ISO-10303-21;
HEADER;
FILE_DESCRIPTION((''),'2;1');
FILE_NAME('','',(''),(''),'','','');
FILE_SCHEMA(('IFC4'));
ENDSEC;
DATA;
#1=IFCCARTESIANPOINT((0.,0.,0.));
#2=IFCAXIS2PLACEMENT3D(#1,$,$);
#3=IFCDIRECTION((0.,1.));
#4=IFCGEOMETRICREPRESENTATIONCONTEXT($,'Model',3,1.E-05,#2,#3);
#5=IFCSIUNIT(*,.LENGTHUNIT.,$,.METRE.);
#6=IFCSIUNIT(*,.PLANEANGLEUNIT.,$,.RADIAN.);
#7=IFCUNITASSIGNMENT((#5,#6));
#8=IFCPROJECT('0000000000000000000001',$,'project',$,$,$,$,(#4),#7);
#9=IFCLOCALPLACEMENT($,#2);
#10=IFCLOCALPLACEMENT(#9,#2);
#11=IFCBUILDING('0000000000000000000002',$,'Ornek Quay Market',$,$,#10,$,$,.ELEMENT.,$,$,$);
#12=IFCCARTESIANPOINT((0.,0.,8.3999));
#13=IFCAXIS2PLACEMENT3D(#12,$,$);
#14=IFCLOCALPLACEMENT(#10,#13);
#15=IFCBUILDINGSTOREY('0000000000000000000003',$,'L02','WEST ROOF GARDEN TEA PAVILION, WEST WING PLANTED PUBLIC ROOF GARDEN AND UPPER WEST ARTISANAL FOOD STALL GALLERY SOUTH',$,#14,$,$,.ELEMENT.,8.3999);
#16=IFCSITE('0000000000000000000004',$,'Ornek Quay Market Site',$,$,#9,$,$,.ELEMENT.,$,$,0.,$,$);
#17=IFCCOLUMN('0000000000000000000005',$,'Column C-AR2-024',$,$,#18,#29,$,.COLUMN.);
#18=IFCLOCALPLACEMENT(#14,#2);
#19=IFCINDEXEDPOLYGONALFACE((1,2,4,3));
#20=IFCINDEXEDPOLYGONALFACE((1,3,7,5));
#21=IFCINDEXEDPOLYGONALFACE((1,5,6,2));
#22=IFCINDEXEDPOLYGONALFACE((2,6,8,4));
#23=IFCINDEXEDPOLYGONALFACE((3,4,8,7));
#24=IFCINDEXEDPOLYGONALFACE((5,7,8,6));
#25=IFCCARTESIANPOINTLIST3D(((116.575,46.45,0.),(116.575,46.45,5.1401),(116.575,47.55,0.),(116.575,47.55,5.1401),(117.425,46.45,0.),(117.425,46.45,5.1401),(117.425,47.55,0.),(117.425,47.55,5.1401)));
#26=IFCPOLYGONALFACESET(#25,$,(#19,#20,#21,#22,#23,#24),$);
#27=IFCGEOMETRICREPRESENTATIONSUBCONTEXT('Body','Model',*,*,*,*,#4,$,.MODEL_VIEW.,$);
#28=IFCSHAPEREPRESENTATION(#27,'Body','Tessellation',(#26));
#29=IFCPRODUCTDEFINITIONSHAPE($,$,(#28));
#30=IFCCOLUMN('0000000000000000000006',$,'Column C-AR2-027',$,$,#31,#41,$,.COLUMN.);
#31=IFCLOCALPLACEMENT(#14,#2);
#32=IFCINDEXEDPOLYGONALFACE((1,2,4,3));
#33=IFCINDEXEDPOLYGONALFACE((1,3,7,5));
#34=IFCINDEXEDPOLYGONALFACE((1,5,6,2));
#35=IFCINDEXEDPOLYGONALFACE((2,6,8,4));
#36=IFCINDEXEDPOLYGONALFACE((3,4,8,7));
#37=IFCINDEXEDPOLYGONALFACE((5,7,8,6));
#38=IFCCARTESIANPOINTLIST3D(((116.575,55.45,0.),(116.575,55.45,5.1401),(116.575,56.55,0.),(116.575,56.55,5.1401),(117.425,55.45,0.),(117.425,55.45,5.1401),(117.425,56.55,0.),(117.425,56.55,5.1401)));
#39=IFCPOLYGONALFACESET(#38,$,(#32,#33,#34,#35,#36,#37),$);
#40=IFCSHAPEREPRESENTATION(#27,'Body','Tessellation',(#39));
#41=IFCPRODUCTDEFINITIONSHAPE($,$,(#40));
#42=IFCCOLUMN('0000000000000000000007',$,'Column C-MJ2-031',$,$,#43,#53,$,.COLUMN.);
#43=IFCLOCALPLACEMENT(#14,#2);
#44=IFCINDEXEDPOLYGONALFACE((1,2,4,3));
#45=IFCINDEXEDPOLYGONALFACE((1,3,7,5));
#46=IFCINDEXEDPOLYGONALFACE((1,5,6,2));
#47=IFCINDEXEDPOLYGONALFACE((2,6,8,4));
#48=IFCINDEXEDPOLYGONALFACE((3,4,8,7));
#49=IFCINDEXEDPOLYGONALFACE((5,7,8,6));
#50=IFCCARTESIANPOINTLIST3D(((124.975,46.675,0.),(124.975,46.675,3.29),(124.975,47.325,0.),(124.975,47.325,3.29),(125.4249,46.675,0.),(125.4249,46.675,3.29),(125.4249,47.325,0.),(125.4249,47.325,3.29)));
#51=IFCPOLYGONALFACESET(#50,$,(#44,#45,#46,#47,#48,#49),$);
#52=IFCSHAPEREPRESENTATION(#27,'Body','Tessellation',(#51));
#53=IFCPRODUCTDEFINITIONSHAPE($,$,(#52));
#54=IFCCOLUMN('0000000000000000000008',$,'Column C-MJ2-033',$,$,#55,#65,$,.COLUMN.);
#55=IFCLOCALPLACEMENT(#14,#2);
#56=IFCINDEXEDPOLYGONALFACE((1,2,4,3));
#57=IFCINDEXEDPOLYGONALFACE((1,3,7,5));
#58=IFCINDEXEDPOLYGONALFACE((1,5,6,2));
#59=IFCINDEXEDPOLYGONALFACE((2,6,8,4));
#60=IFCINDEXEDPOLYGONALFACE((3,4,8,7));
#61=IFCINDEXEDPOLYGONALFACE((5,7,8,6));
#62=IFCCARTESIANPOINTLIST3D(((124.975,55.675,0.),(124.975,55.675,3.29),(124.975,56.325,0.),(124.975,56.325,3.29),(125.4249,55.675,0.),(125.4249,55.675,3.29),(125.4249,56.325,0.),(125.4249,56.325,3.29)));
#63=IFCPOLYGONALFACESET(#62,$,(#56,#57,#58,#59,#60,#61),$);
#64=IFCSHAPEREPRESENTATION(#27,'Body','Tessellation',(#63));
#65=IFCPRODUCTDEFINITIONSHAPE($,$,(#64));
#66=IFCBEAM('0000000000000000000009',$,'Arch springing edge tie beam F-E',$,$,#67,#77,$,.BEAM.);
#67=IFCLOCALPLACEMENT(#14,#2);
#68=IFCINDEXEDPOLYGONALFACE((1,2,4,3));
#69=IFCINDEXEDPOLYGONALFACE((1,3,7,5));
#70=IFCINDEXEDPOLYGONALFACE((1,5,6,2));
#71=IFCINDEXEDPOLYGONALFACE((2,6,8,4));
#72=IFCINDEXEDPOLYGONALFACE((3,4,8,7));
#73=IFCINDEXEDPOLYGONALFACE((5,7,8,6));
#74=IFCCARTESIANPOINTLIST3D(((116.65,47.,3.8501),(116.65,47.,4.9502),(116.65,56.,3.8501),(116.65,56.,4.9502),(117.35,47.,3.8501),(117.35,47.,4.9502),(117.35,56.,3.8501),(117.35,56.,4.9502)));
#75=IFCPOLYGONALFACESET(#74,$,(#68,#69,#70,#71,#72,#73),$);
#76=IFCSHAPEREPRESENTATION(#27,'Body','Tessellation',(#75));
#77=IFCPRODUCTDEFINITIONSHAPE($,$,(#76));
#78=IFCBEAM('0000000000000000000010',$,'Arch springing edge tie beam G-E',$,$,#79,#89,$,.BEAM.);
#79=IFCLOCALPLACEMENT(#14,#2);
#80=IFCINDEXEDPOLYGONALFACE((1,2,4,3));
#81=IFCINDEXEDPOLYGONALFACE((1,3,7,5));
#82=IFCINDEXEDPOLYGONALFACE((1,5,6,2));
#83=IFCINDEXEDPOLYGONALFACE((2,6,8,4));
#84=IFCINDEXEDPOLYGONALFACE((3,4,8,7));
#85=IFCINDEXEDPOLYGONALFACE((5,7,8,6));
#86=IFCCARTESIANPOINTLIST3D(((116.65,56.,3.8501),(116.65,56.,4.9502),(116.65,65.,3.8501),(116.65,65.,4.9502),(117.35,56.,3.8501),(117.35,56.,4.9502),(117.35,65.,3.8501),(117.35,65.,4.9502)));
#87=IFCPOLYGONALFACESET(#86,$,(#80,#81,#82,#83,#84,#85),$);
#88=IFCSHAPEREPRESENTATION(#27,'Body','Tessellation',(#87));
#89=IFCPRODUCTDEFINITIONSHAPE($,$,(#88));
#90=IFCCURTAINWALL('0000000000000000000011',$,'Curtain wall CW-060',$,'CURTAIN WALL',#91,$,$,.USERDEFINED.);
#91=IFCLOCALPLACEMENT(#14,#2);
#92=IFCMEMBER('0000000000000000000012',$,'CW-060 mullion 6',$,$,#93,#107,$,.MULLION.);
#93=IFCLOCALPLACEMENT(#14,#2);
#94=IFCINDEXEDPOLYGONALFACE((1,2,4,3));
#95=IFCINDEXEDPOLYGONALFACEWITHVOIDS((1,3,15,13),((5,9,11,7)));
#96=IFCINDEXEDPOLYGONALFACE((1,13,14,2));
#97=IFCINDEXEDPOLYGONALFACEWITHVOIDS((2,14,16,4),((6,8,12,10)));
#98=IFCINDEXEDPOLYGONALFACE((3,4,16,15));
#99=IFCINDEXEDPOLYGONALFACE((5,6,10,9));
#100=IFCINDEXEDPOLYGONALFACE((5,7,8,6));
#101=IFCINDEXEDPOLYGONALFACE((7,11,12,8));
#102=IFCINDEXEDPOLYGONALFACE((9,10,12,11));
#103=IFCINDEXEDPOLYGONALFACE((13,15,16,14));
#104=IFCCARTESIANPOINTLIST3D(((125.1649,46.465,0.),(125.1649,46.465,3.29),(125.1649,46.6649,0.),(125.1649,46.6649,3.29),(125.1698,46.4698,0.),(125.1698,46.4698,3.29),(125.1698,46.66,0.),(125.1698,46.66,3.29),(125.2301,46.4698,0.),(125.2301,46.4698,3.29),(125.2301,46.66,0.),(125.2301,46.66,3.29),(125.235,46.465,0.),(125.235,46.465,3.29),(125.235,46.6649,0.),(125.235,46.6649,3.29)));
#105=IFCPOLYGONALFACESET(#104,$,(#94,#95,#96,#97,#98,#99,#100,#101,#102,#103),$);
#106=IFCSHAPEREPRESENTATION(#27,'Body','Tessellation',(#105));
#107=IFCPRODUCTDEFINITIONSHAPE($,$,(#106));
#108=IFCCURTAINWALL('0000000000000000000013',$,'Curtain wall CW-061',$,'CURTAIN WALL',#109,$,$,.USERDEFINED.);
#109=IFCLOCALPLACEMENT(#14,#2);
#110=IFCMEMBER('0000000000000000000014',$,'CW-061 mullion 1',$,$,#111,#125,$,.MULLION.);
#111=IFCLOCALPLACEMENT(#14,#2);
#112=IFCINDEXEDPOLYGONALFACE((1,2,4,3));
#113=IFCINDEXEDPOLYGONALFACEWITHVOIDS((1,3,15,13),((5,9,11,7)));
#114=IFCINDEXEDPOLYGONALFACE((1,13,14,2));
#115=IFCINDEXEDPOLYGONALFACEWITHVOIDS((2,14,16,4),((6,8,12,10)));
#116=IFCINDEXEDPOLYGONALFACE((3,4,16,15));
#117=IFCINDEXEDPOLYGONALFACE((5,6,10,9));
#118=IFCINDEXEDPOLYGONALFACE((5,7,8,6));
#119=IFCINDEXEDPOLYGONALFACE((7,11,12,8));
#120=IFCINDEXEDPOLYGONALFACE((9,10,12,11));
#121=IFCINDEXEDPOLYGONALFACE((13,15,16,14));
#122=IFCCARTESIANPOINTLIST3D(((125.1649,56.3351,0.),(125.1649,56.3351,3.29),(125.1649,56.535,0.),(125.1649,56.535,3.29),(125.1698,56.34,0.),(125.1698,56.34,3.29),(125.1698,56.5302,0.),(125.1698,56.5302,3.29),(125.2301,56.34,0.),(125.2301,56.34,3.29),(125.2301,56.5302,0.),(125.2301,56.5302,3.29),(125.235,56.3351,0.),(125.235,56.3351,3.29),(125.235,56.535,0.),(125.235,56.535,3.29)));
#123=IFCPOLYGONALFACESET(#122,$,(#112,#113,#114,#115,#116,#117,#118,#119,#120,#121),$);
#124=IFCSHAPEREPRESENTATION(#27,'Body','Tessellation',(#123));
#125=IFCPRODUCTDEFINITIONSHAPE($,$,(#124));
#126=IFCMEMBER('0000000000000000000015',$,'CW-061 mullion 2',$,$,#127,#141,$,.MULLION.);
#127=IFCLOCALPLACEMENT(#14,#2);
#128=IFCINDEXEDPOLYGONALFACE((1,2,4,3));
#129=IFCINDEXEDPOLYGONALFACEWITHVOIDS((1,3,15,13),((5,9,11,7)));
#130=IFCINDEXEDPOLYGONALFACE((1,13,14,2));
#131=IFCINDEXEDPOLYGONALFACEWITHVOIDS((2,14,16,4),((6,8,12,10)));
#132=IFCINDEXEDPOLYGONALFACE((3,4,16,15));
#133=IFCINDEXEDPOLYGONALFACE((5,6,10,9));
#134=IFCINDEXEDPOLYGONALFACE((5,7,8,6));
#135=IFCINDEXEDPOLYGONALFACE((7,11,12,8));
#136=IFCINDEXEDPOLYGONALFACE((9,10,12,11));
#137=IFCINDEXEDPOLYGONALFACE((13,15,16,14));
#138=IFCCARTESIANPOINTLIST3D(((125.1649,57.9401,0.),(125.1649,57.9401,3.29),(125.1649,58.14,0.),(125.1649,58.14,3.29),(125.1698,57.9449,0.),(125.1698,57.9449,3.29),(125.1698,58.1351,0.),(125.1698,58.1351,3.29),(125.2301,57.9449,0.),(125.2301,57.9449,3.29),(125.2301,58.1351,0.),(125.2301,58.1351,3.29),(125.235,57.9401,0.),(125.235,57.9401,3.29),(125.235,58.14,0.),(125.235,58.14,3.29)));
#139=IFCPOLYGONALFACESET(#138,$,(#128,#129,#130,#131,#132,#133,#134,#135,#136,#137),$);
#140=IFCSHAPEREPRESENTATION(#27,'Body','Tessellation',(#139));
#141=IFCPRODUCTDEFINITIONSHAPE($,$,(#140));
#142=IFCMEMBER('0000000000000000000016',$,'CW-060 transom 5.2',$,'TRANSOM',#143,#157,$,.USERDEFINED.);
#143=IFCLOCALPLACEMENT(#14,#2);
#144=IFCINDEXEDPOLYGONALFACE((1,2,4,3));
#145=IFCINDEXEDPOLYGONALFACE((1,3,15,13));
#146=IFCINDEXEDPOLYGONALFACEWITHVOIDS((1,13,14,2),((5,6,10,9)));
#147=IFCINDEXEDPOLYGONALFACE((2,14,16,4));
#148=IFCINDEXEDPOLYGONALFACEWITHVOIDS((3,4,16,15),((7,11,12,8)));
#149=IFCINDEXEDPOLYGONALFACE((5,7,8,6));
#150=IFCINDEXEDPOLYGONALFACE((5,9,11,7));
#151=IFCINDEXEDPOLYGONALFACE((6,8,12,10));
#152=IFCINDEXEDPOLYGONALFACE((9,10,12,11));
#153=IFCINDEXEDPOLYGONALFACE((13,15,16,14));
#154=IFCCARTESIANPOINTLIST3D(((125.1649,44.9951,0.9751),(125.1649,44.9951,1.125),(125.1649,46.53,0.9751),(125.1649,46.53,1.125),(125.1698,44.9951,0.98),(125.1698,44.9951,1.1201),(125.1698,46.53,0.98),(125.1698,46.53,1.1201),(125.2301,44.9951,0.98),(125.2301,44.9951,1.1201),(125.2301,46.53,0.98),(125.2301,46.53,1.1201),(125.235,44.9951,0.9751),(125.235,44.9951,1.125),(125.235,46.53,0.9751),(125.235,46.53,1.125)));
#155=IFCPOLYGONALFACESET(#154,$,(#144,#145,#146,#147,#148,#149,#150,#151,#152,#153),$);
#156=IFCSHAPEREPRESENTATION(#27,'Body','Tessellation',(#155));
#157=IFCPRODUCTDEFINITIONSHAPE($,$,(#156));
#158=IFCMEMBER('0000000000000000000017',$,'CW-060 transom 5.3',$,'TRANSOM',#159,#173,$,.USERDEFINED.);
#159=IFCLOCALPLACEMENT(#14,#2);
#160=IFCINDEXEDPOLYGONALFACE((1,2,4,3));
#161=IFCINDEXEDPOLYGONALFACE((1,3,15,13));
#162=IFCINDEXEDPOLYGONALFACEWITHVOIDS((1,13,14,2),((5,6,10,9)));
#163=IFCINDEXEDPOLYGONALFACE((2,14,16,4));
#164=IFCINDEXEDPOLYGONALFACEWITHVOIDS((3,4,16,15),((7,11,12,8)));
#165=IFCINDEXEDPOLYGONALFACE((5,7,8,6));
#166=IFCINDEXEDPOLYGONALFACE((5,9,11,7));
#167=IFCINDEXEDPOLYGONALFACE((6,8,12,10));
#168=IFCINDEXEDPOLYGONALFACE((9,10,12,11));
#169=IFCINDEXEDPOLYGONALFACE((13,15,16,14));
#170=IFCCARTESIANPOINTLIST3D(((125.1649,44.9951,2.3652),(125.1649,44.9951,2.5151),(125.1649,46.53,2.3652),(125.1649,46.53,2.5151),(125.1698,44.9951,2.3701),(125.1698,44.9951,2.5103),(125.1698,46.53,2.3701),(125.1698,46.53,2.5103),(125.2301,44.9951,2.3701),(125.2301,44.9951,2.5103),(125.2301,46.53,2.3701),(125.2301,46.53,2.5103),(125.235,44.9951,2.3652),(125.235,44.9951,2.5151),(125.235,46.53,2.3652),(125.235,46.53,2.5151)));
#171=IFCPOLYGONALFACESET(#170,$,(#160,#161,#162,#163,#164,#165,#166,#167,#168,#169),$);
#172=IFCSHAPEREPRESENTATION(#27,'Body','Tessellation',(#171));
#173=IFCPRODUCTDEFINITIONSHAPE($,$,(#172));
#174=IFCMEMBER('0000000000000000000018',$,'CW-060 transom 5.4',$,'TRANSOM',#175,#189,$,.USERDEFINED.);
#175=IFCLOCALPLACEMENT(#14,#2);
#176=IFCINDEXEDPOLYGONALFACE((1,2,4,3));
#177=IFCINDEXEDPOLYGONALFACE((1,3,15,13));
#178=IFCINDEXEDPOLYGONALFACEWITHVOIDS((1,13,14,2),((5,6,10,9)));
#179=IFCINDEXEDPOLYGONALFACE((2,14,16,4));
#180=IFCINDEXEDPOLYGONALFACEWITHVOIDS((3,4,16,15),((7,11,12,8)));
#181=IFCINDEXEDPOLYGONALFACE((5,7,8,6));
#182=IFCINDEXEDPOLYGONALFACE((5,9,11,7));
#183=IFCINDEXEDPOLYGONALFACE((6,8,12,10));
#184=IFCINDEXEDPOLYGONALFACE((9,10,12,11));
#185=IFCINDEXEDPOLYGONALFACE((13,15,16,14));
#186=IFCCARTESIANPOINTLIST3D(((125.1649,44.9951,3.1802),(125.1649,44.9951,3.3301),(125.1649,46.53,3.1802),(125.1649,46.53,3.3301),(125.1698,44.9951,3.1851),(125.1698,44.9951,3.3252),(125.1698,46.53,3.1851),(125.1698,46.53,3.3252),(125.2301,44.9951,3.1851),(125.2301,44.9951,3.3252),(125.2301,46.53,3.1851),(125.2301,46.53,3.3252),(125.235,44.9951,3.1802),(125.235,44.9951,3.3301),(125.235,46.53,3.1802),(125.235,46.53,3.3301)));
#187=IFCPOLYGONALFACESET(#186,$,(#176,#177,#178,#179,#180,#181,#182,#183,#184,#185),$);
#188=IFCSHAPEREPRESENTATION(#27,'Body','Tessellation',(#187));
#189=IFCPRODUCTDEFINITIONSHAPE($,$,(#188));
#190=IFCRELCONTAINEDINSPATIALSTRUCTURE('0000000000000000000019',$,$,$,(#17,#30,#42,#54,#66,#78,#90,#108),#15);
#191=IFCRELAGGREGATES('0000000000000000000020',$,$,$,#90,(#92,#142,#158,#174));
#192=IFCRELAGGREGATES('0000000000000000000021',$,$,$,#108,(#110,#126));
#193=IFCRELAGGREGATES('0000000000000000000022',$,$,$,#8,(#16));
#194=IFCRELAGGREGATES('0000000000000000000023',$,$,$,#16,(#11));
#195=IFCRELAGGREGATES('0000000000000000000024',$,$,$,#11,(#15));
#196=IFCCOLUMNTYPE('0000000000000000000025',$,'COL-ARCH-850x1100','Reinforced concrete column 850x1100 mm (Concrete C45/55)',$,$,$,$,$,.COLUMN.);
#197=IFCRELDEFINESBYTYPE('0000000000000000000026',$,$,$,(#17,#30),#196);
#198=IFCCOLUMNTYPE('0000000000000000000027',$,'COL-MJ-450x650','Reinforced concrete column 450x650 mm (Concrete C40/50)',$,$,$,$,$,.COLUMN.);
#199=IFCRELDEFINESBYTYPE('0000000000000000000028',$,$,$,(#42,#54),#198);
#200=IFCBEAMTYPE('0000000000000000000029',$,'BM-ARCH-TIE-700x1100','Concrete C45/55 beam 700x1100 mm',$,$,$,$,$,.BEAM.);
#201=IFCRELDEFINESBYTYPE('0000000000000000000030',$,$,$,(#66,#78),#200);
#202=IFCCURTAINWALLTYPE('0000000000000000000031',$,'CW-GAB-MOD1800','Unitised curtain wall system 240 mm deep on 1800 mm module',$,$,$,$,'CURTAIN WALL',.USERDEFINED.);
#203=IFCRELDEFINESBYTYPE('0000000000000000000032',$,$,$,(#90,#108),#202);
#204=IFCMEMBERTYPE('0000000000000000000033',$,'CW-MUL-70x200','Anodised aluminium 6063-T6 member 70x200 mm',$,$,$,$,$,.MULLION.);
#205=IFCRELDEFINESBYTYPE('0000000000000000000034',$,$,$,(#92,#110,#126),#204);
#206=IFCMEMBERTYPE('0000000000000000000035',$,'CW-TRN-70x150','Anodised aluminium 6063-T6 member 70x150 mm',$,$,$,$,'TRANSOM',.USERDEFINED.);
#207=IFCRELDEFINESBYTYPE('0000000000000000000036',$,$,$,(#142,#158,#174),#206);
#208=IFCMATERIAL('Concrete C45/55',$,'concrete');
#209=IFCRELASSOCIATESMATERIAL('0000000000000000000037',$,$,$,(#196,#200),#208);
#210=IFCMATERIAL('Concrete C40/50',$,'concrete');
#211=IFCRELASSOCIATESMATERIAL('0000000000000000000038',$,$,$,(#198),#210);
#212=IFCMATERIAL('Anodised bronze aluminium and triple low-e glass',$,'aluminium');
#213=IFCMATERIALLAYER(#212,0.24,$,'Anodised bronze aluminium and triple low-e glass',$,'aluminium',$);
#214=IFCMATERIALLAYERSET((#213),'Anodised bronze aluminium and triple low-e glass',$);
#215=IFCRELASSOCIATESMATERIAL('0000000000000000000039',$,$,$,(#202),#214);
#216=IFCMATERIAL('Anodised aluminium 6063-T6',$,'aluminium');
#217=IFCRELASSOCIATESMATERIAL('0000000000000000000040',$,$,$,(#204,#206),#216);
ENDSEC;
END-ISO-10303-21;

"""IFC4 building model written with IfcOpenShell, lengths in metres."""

from ifc_helpers import new_model, si_unit, direction, frame, origin, origin_2d, place, context, subcontext, project, spatial, rectangle, hollow_rectangle, extrude, material, layer, layer_set, material_profile, profile_set, type_object, element, aggregate, save


model = new_model("IFC4")

# Units and contexts
model_context = context("Model", 3, precision=1e-05, world=origin(), true_north=direction((0.0, 1.0)))
body_context = subcontext(model_context, "Body", "Model", "MODEL_VIEW")
ifc_project = project(units=[si_unit("LENGTHUNIT", "METRE"), si_unit("PLANEANGLEUNIT", "RADIAN")], contexts=[model_context])

# Site, building, storey
site_placement = place(None, origin())
site = spatial("IfcSite", under=ifc_project, at=site_placement, Name="Ornek Quay Market Site", CompositionType="ELEMENT", RefElevation=0.0)
building_placement = place(site_placement, origin())
building = spatial("IfcBuilding", under=site, at=building_placement, Name="Ornek Quay Market", CompositionType="ELEMENT")
storey_placement = place(building_placement, frame((0.0, 0.0, 8.3999)))
storey = spatial("IfcBuildingStorey", under=building, at=storey_placement, Name="L02", Description="WEST ROOF GARDEN TEA PAVILION, WEST WING PLANTED PUBLIC ROOF GARDEN AND UPPER WEST ARTISANAL FOOD STALL GALLERY SOUTH", CompositionType="ELEMENT", Elevation=8.3999)

# Columns
ifc_material_1 = material(Name="Concrete C45/55", Category="concrete")
ifc_material_profile_1 = material_profile(ifc_material_1, rectangle(XDim=0.8501, YDim=1.1001, at=origin_2d()), Name="RC 850x1100", Category="concrete")
ifc_profile_set_1 = profile_set([ifc_material_profile_1], Name="Concrete C45/55")
column_type_1 = type_object("IfcColumnType", Name="COL-ARCH-850x1100", Description="Reinforced concrete column 850x1100 mm (Concrete C45/55)", PredefinedType="COLUMN", material=ifc_profile_set_1)
for number, where, z_axis, x_axis, name in (
    (1, (117.0, 47.0, 0.0), (0.0, 0.0, 1.0), (1.0, 0.0, 0.0), "Column C-AR2-024"),
    (2, (117.0, 56.0, 0.0), (0.0, 0.0, 1.0), (1.0, 0.0, 0.0), "Column C-AR2-027"),
):
    element("IfcColumn", number, at=place(storey_placement, frame(where, z_axis=z_axis, x_axis=x_axis)), inside=storey, type_object=column_type_1, Name=name, PredefinedType="COLUMN", context=body_context, shape_type="SweptSolid", body=[
        extrude(rectangle(XDim=0.8501, YDim=1.1001, at=origin_2d()), origin(), (0.0, 0.0, 1.0), 5.1401),
    ])
ifc_material_2 = material(Name="Concrete C40/50", Category="concrete")
ifc_material_profile_2 = material_profile(ifc_material_2, rectangle(XDim=0.45, YDim=0.6499, at=origin_2d()), Name="RC 450x650", Category="concrete")
ifc_profile_set_2 = profile_set([ifc_material_profile_2], Name="Concrete C40/50")
column_type_2 = type_object("IfcColumnType", Name="COL-MJ-450x650", Description="Reinforced concrete column 450x650 mm (Concrete C40/50)", PredefinedType="COLUMN", material=ifc_profile_set_2)
for number, where, z_axis, x_axis, name in (
    (3, (125.2, 47.0, 0.0), (0.0, 0.0, 1.0), (1.0, 0.0, 0.0), "Column C-MJ2-031"),
    (4, (125.2, 56.0, 0.0), (0.0, 0.0, 1.0), (1.0, 0.0, 0.0), "Column C-MJ2-033"),
):
    element("IfcColumn", number, at=place(storey_placement, frame(where, z_axis=z_axis, x_axis=x_axis)), inside=storey, type_object=column_type_2, Name=name, PredefinedType="COLUMN", context=body_context, shape_type="SweptSolid", body=[
        extrude(rectangle(XDim=0.45, YDim=0.6499, at=origin_2d()), origin(), (0.0, 0.0, 1.0), 3.29),
    ])

# Beams
ifc_material_profile_3 = material_profile(ifc_material_1, rectangle(XDim=0.7, YDim=1.1001, at=origin_2d()), Name="RC 700x1100", Category="concrete")
ifc_profile_set_3 = profile_set([ifc_material_profile_3], Name="Concrete C45/55")
beam_type = type_object("IfcBeamType", Name="BM-ARCH-TIE-700x1100", Description="Concrete C45/55 beam 700x1100 mm", PredefinedType="BEAM", material=ifc_profile_set_3)
for number, where, z_axis, x_axis, name in (
    (5, (117.0, 47.0, 4.4001), (0.0, 1.0, 0.0), (-1.0, 0.0, 0.0), "Arch springing edge tie beam F-E"),
    (6, (117.0, 56.0, 4.4001), (0.0, 1.0, 0.0), (-1.0, 0.0, 0.0), "Arch springing edge tie beam G-E"),
):
    element("IfcBeam", number, at=place(storey_placement, frame(where, z_axis=z_axis, x_axis=x_axis)), inside=storey, type_object=beam_type, Name=name, PredefinedType="BEAM", context=body_context, shape_type="SweptSolid", body=[
        extrude(rectangle(XDim=0.7, YDim=1.1001, at=origin_2d()), origin(), (0.0, 0.0, 1.0), 9.0),
    ])

# Curtain wall, member
ifc_material_3 = material(Name="Anodised bronze aluminium and triple low-e glass", Category="aluminium")
ifc_layer_1 = layer(ifc_material_3, 0.24, Name="Anodised bronze aluminium and triple low-e glass", Category="aluminium")
ifc_layer_set_1 = layer_set([ifc_layer_1], Name="Anodised bronze aluminium and triple low-e glass")
curtain_wall_type = type_object("IfcCurtainWallType", Name="CW-GAB-MOD1800", Description="Unitised curtain wall system 240 mm deep on 1800 mm module", ElementType="CURTAIN WALL", PredefinedType="USERDEFINED", material=ifc_layer_set_1)
curtain_wall_1_placement = place(storey_placement, origin())
curtain_wall_1 = element("IfcCurtainWall", 7, at=curtain_wall_1_placement, inside=storey, type_object=curtain_wall_type, Name="Curtain wall CW-060", ObjectType="CURTAIN WALL", PredefinedType="USERDEFINED")
ifc_material_4 = material(Name="Anodised aluminium 6063-T6", Category="aluminium")
ifc_material_profile_4 = material_profile(ifc_material_4, hollow_rectangle(XDim=0.0701, YDim=0.2, WallThickness=0.0049, at=origin_2d()), Name="CW-MUL-70x200", Category="aluminium")
ifc_profile_set_4 = profile_set([ifc_material_profile_4], Name="Anodised aluminium 6063-T6")
member_type_1 = type_object("IfcMemberType", Name="CW-MUL-70x200", Description="Anodised aluminium 6063-T6 member 70x200 mm", PredefinedType="MULLION", material=ifc_profile_set_4)
member_1_placement = place(storey_placement, frame((125.2, 46.5649, 0.0), z_axis=(0.0, 0.0, 1.0), x_axis=(-1.0, 0.0, 0.0)))
member_1 = element("IfcMember", 8, at=member_1_placement, type_object=member_type_1, Name="CW-060 mullion 6", PredefinedType="MULLION", context=body_context, shape_type="SweptSolid", body=[
    extrude(hollow_rectangle(XDim=0.0701, YDim=0.2, WallThickness=0.0049, at=origin_2d()), origin(), (0.0, 0.0, 1.0), 3.29),
])

# Curtain wall, members
curtain_wall_2_placement = place(storey_placement, origin())
curtain_wall_2 = element("IfcCurtainWall", 9, at=curtain_wall_2_placement, inside=storey, type_object=curtain_wall_type, Name="Curtain wall CW-061", ObjectType="CURTAIN WALL", PredefinedType="USERDEFINED")
member_2_placement = place(storey_placement, frame((125.2, 56.4351, 0.0), z_axis=(0.0, 0.0, 1.0), x_axis=(-1.0, 0.0, 0.0)))
member_2 = element("IfcMember", 10, at=member_2_placement, type_object=member_type_1, Name="CW-061 mullion 1", PredefinedType="MULLION", context=body_context, shape_type="SweptSolid", body=[
    extrude(hollow_rectangle(XDim=0.0701, YDim=0.2, WallThickness=0.0049, at=origin_2d()), origin(), (0.0, 0.0, 1.0), 3.29),
])
member_3_placement = place(storey_placement, frame((125.2, 58.04, 0.0), z_axis=(0.0, 0.0, 1.0), x_axis=(-1.0, 0.0, 0.0)))
member_3 = element("IfcMember", 11, at=member_3_placement, type_object=member_type_1, Name="CW-061 mullion 2", PredefinedType="MULLION", context=body_context, shape_type="SweptSolid", body=[
    extrude(hollow_rectangle(XDim=0.0701, YDim=0.2, WallThickness=0.0049, at=origin_2d()), origin(), (0.0, 0.0, 1.0), 3.29),
])

# Members
ifc_material_profile_5 = material_profile(ifc_material_4, hollow_rectangle(XDim=0.0701, YDim=0.1499, WallThickness=0.0049, at=origin_2d()), Name="CW-TRN-70x150", Category="aluminium")
ifc_profile_set_5 = profile_set([ifc_material_profile_5], Name="Anodised aluminium 6063-T6")
member_type_2 = type_object("IfcMemberType", Name="CW-TRN-70x150", Description="Anodised aluminium 6063-T6 member 70x150 mm", ElementType="TRANSOM", PredefinedType="USERDEFINED", material=ifc_profile_set_5)
member_4_placement = place(storey_placement, frame((125.2, 44.9951, 1.05), z_axis=(0.0, 1.0, 0.0), x_axis=(-1.0, 0.0, 0.0)))
member_4 = element("IfcMember", 12, at=member_4_placement, type_object=member_type_2, Name="CW-060 transom 5.2", ObjectType="TRANSOM", PredefinedType="USERDEFINED", context=body_context, shape_type="SweptSolid", body=[
    extrude(hollow_rectangle(XDim=0.0701, YDim=0.1499, WallThickness=0.0049, at=origin_2d()), origin(), (0.0, 0.0, 1.0), 1.5349),
])
member_5_placement = place(storey_placement, frame((125.2, 44.9951, 2.4402), z_axis=(0.0, 1.0, 0.0), x_axis=(-1.0, 0.0, 0.0)))
member_5 = element("IfcMember", 13, at=member_5_placement, type_object=member_type_2, Name="CW-060 transom 5.3", ObjectType="TRANSOM", PredefinedType="USERDEFINED", context=body_context, shape_type="SweptSolid", body=[
    extrude(hollow_rectangle(XDim=0.0701, YDim=0.1499, WallThickness=0.0049, at=origin_2d()), origin(), (0.0, 0.0, 1.0), 1.5349),
])
member_6_placement = place(storey_placement, frame((125.2, 44.9951, 3.2551), z_axis=(0.0, 1.0, 0.0), x_axis=(-1.0, 0.0, 0.0)))
member_6 = element("IfcMember", 14, at=member_6_placement, type_object=member_type_2, Name="CW-060 transom 5.4", ObjectType="TRANSOM", PredefinedType="USERDEFINED", context=body_context, shape_type="SweptSolid", body=[
    extrude(hollow_rectangle(XDim=0.0701, YDim=0.1499, WallThickness=0.0049, at=origin_2d()), origin(), (0.0, 0.0, 1.0), 1.5349),
])

aggregate(curtain_wall_1, [member_1, member_4, member_5, member_6])
aggregate(curtain_wall_2, [member_2, member_3])

save(model, "model.ifc")
